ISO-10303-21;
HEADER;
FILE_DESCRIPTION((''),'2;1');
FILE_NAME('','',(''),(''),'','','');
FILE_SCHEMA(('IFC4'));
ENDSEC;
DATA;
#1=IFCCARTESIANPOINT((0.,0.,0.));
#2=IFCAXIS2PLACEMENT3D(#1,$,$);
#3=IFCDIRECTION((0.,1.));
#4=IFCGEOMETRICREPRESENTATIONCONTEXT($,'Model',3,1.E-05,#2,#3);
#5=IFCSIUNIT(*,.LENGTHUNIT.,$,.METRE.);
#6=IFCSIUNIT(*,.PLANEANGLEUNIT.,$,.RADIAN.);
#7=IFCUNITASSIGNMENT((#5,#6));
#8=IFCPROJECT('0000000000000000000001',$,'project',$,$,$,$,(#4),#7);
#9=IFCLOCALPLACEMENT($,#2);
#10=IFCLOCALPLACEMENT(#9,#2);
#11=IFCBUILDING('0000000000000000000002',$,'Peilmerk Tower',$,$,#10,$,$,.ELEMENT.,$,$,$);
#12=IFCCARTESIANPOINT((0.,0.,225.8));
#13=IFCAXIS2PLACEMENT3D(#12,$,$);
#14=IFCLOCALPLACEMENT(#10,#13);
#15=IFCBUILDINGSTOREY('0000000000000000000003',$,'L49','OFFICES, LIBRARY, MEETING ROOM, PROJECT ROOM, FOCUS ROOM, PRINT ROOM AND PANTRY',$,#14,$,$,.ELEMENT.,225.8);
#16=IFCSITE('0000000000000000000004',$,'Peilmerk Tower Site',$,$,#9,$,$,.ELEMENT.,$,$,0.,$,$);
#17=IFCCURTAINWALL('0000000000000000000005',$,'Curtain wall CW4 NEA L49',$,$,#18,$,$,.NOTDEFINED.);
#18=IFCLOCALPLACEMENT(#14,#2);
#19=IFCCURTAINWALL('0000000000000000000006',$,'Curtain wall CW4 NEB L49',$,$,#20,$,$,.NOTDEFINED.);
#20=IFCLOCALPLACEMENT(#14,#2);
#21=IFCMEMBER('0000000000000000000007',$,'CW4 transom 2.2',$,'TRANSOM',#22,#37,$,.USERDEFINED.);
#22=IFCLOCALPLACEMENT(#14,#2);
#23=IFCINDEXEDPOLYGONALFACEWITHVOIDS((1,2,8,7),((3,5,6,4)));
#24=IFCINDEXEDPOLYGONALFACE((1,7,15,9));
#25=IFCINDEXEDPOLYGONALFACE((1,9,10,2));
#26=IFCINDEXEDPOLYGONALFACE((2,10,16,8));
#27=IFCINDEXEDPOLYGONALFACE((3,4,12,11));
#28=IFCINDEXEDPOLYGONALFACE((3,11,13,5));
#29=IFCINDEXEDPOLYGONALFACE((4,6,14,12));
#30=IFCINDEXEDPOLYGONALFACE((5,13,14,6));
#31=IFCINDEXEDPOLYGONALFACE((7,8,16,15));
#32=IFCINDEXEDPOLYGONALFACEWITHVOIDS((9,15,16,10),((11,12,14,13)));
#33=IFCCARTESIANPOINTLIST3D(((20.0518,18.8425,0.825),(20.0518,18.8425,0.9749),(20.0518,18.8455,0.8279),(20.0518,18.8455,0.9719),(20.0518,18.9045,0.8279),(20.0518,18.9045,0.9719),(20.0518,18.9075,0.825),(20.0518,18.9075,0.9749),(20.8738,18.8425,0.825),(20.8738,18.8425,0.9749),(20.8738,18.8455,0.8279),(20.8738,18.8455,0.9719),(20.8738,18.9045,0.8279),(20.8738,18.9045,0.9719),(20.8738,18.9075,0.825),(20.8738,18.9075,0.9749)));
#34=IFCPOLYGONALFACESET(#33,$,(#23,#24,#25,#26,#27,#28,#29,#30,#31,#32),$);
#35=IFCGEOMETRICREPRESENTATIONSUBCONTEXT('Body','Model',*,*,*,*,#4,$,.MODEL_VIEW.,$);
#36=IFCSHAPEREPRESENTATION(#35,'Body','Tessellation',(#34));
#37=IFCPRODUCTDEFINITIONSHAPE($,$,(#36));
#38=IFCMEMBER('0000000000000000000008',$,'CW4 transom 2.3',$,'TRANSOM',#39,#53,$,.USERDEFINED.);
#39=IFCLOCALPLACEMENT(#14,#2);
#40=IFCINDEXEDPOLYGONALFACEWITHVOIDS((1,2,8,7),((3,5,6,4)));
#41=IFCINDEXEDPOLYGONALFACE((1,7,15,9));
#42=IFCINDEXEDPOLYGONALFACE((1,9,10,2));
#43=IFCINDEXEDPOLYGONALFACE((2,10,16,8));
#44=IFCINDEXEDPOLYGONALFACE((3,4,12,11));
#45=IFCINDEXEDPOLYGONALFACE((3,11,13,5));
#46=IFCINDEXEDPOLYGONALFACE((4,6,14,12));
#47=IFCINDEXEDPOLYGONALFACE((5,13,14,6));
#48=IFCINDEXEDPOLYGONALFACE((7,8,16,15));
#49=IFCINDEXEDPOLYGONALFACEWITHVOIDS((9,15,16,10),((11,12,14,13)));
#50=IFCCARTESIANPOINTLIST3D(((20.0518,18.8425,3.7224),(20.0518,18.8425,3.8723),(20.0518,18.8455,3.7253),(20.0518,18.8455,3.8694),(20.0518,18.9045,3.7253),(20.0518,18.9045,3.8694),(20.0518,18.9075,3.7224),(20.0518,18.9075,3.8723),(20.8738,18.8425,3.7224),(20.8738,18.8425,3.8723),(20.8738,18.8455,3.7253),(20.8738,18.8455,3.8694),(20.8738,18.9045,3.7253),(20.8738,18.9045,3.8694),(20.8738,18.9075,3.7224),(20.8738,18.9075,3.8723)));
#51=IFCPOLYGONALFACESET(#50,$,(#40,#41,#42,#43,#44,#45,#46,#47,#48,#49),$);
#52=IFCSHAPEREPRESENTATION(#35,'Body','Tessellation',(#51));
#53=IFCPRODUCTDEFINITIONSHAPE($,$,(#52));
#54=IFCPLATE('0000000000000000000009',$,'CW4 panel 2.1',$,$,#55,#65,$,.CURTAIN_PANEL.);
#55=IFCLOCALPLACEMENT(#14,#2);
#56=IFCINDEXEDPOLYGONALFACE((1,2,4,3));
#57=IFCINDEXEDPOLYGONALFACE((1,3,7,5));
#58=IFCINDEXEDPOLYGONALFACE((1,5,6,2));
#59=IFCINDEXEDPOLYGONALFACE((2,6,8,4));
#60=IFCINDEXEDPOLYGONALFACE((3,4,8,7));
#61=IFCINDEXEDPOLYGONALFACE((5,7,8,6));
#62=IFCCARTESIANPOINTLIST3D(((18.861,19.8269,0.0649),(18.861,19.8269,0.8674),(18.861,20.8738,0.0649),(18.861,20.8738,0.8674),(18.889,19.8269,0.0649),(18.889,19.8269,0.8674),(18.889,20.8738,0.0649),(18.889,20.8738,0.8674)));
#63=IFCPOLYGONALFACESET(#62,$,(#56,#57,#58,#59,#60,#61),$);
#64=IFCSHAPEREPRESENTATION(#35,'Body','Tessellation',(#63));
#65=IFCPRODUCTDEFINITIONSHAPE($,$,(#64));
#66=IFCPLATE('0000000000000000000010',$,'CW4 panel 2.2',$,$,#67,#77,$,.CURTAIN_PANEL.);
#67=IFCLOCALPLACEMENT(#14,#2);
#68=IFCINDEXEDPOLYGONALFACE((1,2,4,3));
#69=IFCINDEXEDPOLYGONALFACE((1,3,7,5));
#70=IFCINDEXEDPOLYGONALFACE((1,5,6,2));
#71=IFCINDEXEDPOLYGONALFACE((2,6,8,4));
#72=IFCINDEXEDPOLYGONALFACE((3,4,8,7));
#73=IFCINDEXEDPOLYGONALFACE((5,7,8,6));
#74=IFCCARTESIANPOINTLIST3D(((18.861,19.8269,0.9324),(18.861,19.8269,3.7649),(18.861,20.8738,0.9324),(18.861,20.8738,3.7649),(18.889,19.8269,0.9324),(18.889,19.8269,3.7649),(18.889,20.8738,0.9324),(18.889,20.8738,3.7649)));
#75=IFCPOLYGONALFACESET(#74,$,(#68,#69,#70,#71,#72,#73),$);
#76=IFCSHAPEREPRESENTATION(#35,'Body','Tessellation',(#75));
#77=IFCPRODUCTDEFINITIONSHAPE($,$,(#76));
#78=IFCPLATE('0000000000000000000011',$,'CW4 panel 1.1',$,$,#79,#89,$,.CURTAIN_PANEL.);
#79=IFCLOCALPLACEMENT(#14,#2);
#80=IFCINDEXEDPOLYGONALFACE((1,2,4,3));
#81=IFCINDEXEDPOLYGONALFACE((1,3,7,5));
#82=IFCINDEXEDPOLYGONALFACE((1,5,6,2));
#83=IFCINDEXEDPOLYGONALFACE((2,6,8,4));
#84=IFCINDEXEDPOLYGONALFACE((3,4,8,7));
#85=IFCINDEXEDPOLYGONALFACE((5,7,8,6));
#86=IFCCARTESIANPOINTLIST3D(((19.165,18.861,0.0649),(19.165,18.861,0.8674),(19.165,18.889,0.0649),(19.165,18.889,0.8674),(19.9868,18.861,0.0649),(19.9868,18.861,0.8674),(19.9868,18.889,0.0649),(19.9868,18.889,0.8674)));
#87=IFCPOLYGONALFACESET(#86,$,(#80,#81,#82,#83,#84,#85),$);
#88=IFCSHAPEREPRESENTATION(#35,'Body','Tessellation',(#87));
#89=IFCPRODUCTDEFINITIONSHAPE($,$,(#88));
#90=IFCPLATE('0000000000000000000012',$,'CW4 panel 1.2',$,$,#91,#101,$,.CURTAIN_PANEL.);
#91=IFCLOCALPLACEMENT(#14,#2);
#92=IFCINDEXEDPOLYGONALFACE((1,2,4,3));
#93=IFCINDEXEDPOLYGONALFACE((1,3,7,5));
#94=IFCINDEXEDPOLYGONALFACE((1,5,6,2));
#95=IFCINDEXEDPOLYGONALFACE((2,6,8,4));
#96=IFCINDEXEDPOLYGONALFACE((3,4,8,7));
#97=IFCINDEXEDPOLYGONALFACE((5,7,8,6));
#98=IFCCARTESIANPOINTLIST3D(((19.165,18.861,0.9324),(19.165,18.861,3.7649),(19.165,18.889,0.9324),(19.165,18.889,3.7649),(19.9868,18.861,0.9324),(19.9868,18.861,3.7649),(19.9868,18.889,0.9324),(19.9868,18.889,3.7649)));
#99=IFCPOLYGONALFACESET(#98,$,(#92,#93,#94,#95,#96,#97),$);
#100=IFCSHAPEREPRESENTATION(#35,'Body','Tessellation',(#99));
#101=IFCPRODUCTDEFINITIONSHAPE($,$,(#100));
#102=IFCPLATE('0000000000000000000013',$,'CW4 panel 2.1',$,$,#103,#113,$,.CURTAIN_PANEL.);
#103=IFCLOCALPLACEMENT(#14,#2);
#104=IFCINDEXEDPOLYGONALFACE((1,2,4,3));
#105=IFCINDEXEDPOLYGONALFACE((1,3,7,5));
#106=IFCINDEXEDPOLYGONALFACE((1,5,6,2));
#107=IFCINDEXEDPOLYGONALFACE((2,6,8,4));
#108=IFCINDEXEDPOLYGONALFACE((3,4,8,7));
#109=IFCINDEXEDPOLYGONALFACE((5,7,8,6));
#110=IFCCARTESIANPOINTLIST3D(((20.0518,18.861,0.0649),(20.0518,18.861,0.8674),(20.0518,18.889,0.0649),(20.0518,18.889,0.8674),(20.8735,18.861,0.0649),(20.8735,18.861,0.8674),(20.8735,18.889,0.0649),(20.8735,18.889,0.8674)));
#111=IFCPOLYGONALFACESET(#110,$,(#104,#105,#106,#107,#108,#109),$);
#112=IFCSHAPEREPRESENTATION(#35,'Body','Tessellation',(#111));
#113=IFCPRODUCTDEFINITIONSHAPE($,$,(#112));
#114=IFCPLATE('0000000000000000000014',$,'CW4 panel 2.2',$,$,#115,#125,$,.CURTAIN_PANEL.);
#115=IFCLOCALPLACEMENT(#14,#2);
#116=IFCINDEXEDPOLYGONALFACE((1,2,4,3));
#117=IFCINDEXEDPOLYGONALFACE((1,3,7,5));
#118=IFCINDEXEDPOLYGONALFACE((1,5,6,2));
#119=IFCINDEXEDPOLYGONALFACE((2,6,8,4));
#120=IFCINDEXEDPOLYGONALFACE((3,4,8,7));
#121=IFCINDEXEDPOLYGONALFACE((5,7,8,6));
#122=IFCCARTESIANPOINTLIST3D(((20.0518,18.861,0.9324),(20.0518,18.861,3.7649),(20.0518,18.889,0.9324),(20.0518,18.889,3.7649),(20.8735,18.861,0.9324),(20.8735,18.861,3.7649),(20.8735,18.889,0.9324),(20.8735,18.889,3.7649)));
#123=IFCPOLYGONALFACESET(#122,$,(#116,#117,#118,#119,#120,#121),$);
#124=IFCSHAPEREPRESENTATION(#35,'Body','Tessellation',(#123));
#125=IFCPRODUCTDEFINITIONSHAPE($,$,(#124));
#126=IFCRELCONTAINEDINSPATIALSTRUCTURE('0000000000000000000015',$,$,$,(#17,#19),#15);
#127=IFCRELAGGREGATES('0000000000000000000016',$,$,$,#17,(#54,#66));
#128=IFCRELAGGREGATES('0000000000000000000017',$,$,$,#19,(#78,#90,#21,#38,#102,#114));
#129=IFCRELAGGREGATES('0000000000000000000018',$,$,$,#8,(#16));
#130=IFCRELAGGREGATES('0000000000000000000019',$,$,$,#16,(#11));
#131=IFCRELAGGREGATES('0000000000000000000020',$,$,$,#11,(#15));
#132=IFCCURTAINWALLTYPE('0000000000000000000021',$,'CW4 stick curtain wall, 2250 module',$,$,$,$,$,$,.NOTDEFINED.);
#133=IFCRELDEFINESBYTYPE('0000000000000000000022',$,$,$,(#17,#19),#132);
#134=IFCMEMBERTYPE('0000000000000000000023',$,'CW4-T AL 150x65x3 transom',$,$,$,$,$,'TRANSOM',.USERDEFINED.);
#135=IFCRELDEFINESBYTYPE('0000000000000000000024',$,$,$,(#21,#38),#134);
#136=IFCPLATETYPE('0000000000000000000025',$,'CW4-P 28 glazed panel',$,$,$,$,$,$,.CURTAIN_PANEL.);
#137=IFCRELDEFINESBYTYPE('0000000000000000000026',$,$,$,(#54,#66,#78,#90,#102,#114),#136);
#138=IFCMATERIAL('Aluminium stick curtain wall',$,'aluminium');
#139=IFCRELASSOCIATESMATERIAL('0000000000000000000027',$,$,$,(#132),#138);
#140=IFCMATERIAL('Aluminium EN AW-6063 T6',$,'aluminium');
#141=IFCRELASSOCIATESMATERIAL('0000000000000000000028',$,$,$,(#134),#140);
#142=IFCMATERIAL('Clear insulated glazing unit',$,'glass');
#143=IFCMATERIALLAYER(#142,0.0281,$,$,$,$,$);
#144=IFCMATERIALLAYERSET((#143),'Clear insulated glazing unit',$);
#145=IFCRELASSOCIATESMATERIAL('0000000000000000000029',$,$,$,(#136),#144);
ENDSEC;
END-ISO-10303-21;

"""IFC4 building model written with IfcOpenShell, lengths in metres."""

from ifc_helpers import new_model, si_unit, direction, frame, origin, origin_2d, place, context, subcontext, project, spatial, rectangle, hollow_rectangle, extrude, material, layer, layer_set, material_profile, profile_set, type_object, element, aggregate, save


model = new_model("IFC4")

# Units and contexts
model_context = context("Model", 3, precision=1e-05, world=origin(), true_north=direction((0.0, 1.0)))
body_context = subcontext(model_context, "Body", "Model", "MODEL_VIEW")
ifc_project = project(units=[si_unit("LENGTHUNIT", "METRE"), si_unit("PLANEANGLEUNIT", "RADIAN")], contexts=[model_context])

# Site, building, storey
site_placement = place(None, origin())
site = spatial("IfcSite", under=ifc_project, at=site_placement, Name="Peilmerk Tower Site", CompositionType="ELEMENT", RefElevation=0.0)
building_placement = place(site_placement, origin())
building = spatial("IfcBuilding", under=site, at=building_placement, Name="Peilmerk Tower", CompositionType="ELEMENT")
storey_placement = place(building_placement, frame((0.0, 0.0, 225.8)))
storey = spatial("IfcBuildingStorey", under=building, at=storey_placement, Name="L49", Description="OFFICES, LIBRARY, MEETING ROOM, PROJECT ROOM, FOCUS ROOM, PRINT ROOM AND PANTRY", CompositionType="ELEMENT", Elevation=225.8)

# Curtain wall
ifc_material_1 = material(Name="Aluminium stick curtain wall", Category="aluminium")
curtain_wall_type = type_object("IfcCurtainWallType", Name="CW4 stick curtain wall, 2250 module", PredefinedType="NOTDEFINED", material=ifc_material_1)
curtain_wall_1_placement = place(storey_placement, origin())
curtain_wall_1 = element("IfcCurtainWall", 1, at=curtain_wall_1_placement, inside=storey, type_object=curtain_wall_type, Name="Curtain wall CW4 NEA L49", PredefinedType="NOTDEFINED")
ifc_material_2 = material(Name="Aluminium EN AW-6063 T6", Category="aluminium")

# Curtain wall
curtain_wall_2_placement = place(storey_placement, origin())
curtain_wall_2 = element("IfcCurtainWall", 2, at=curtain_wall_2_placement, inside=storey, type_object=curtain_wall_type, Name="Curtain wall CW4 NEB L49", PredefinedType="NOTDEFINED")

# Members
ifc_material_profile_1 = material_profile(ifc_material_2, hollow_rectangle(XDim=0.0649, YDim=0.1499, WallThickness=0.0029, at=origin_2d()), Name="AL 150x65x3")
ifc_profile_set_1 = profile_set([ifc_material_profile_1], Name="Aluminium EN AW-6063 T6")
member_type_1 = type_object("IfcMemberType", Name="CW4-T AL 150x65x3 transom", ElementType="TRANSOM", PredefinedType="USERDEFINED", material=ifc_profile_set_1)
member_1_placement = place(storey_placement, frame((20.0518, 18.875, 0.8999), z_axis=(1.0, 0.0, 0.0), x_axis=(0.0, 1.0, 0.0)))
member_1 = element("IfcMember", 3, at=member_1_placement, type_object=member_type_1, Name="CW4 transom 2.2", ObjectType="TRANSOM", PredefinedType="USERDEFINED", context=body_context, shape_type="SweptSolid", body=[
    extrude(hollow_rectangle(XDim=0.0649, YDim=0.1499, WallThickness=0.0029, at=origin_2d()), origin(), (0.0, 0.0, 1.0), 0.822),
])
member_2_placement = place(storey_placement, frame((20.0518, 18.875, 3.7974), z_axis=(1.0, 0.0, 0.0), x_axis=(0.0, 1.0, 0.0)))
member_2 = element("IfcMember", 4, at=member_2_placement, type_object=member_type_1, Name="CW4 transom 2.3", ObjectType="TRANSOM", PredefinedType="USERDEFINED", context=body_context, shape_type="SweptSolid", body=[
    extrude(hollow_rectangle(XDim=0.0649, YDim=0.1499, WallThickness=0.0029, at=origin_2d()), origin(), (0.0, 0.0, 1.0), 0.822),
])

# Plates
ifc_material_3 = material(Name="Clear insulated glazing unit", Category="glass")
ifc_layer_1 = layer(ifc_material_3, 0.0281)
ifc_layer_set_1 = layer_set([ifc_layer_1], Name="Clear insulated glazing unit")
plate_type = type_object("IfcPlateType", Name="CW4-P 28 glazed panel", PredefinedType="CURTAIN_PANEL", material=ifc_layer_set_1)
plate_1_placement = place(storey_placement, frame((18.875, 20.3503, 0.0649), z_axis=(0.0, 0.0, 1.0), x_axis=(0.0, 1.0, 0.0)))
plate_1 = element("IfcPlate", 5, at=plate_1_placement, type_object=plate_type, Name="CW4 panel 2.1", PredefinedType="CURTAIN_PANEL", context=body_context, shape_type="SweptSolid", body=[
    extrude(rectangle(XDim=1.0469, YDim=0.0281, at=origin_2d()), origin(), (0.0, 0.0, 1.0), 0.8025),
])
plate_2_placement = place(storey_placement, frame((18.875, 20.3503, 0.9324), z_axis=(0.0, 0.0, 1.0), x_axis=(0.0, 1.0, 0.0)))
plate_2 = element("IfcPlate", 6, at=plate_2_placement, type_object=plate_type, Name="CW4 panel 2.2", PredefinedType="CURTAIN_PANEL", context=body_context, shape_type="SweptSolid", body=[
    extrude(rectangle(XDim=1.0469, YDim=0.0281, at=origin_2d()), origin(), (0.0, 0.0, 1.0), 2.8325),
])
aggregate(curtain_wall_1, [plate_1, plate_2])
plate_3_placement = place(storey_placement, frame((19.5759, 18.875, 0.0649), z_axis=(0.0, 0.0, 1.0), x_axis=(1.0, 0.0, 0.0)))
plate_3 = element("IfcPlate", 7, at=plate_3_placement, type_object=plate_type, Name="CW4 panel 1.1", PredefinedType="CURTAIN_PANEL", context=body_context, shape_type="SweptSolid", body=[
    extrude(rectangle(XDim=0.8218, YDim=0.0281, at=origin_2d()), origin(), (0.0, 0.0, 1.0), 0.8025),
])
plate_4_placement = place(storey_placement, frame((19.5759, 18.875, 0.9324), z_axis=(0.0, 0.0, 1.0), x_axis=(1.0, 0.0, 0.0)))
plate_4 = element("IfcPlate", 8, at=plate_4_placement, type_object=plate_type, Name="CW4 panel 1.2", PredefinedType="CURTAIN_PANEL", context=body_context, shape_type="SweptSolid", body=[
    extrude(rectangle(XDim=0.8218, YDim=0.0281, at=origin_2d()), origin(), (0.0, 0.0, 1.0), 2.8325),
])
plate_5_placement = place(storey_placement, frame((20.4626, 18.875, 0.0649), z_axis=(0.0, 0.0, 1.0), x_axis=(1.0, 0.0, 0.0)))
plate_5 = element("IfcPlate", 9, at=plate_5_placement, type_object=plate_type, Name="CW4 panel 2.1", PredefinedType="CURTAIN_PANEL", context=body_context, shape_type="SweptSolid", body=[
    extrude(rectangle(XDim=0.8218, YDim=0.0281, at=origin_2d()), origin(), (0.0, 0.0, 1.0), 0.8025),
])
plate_6_placement = place(storey_placement, frame((20.4626, 18.875, 0.9324), z_axis=(0.0, 0.0, 1.0), x_axis=(1.0, 0.0, 0.0)))
plate_6 = element("IfcPlate", 10, at=plate_6_placement, type_object=plate_type, Name="CW4 panel 2.2", PredefinedType="CURTAIN_PANEL", context=body_context, shape_type="SweptSolid", body=[
    extrude(rectangle(XDim=0.8218, YDim=0.0281, at=origin_2d()), origin(), (0.0, 0.0, 1.0), 2.8325),
])
aggregate(curtain_wall_2, [plate_3, plate_4, member_1, member_2, plate_5, plate_6])

save(model, "model.ifc")
